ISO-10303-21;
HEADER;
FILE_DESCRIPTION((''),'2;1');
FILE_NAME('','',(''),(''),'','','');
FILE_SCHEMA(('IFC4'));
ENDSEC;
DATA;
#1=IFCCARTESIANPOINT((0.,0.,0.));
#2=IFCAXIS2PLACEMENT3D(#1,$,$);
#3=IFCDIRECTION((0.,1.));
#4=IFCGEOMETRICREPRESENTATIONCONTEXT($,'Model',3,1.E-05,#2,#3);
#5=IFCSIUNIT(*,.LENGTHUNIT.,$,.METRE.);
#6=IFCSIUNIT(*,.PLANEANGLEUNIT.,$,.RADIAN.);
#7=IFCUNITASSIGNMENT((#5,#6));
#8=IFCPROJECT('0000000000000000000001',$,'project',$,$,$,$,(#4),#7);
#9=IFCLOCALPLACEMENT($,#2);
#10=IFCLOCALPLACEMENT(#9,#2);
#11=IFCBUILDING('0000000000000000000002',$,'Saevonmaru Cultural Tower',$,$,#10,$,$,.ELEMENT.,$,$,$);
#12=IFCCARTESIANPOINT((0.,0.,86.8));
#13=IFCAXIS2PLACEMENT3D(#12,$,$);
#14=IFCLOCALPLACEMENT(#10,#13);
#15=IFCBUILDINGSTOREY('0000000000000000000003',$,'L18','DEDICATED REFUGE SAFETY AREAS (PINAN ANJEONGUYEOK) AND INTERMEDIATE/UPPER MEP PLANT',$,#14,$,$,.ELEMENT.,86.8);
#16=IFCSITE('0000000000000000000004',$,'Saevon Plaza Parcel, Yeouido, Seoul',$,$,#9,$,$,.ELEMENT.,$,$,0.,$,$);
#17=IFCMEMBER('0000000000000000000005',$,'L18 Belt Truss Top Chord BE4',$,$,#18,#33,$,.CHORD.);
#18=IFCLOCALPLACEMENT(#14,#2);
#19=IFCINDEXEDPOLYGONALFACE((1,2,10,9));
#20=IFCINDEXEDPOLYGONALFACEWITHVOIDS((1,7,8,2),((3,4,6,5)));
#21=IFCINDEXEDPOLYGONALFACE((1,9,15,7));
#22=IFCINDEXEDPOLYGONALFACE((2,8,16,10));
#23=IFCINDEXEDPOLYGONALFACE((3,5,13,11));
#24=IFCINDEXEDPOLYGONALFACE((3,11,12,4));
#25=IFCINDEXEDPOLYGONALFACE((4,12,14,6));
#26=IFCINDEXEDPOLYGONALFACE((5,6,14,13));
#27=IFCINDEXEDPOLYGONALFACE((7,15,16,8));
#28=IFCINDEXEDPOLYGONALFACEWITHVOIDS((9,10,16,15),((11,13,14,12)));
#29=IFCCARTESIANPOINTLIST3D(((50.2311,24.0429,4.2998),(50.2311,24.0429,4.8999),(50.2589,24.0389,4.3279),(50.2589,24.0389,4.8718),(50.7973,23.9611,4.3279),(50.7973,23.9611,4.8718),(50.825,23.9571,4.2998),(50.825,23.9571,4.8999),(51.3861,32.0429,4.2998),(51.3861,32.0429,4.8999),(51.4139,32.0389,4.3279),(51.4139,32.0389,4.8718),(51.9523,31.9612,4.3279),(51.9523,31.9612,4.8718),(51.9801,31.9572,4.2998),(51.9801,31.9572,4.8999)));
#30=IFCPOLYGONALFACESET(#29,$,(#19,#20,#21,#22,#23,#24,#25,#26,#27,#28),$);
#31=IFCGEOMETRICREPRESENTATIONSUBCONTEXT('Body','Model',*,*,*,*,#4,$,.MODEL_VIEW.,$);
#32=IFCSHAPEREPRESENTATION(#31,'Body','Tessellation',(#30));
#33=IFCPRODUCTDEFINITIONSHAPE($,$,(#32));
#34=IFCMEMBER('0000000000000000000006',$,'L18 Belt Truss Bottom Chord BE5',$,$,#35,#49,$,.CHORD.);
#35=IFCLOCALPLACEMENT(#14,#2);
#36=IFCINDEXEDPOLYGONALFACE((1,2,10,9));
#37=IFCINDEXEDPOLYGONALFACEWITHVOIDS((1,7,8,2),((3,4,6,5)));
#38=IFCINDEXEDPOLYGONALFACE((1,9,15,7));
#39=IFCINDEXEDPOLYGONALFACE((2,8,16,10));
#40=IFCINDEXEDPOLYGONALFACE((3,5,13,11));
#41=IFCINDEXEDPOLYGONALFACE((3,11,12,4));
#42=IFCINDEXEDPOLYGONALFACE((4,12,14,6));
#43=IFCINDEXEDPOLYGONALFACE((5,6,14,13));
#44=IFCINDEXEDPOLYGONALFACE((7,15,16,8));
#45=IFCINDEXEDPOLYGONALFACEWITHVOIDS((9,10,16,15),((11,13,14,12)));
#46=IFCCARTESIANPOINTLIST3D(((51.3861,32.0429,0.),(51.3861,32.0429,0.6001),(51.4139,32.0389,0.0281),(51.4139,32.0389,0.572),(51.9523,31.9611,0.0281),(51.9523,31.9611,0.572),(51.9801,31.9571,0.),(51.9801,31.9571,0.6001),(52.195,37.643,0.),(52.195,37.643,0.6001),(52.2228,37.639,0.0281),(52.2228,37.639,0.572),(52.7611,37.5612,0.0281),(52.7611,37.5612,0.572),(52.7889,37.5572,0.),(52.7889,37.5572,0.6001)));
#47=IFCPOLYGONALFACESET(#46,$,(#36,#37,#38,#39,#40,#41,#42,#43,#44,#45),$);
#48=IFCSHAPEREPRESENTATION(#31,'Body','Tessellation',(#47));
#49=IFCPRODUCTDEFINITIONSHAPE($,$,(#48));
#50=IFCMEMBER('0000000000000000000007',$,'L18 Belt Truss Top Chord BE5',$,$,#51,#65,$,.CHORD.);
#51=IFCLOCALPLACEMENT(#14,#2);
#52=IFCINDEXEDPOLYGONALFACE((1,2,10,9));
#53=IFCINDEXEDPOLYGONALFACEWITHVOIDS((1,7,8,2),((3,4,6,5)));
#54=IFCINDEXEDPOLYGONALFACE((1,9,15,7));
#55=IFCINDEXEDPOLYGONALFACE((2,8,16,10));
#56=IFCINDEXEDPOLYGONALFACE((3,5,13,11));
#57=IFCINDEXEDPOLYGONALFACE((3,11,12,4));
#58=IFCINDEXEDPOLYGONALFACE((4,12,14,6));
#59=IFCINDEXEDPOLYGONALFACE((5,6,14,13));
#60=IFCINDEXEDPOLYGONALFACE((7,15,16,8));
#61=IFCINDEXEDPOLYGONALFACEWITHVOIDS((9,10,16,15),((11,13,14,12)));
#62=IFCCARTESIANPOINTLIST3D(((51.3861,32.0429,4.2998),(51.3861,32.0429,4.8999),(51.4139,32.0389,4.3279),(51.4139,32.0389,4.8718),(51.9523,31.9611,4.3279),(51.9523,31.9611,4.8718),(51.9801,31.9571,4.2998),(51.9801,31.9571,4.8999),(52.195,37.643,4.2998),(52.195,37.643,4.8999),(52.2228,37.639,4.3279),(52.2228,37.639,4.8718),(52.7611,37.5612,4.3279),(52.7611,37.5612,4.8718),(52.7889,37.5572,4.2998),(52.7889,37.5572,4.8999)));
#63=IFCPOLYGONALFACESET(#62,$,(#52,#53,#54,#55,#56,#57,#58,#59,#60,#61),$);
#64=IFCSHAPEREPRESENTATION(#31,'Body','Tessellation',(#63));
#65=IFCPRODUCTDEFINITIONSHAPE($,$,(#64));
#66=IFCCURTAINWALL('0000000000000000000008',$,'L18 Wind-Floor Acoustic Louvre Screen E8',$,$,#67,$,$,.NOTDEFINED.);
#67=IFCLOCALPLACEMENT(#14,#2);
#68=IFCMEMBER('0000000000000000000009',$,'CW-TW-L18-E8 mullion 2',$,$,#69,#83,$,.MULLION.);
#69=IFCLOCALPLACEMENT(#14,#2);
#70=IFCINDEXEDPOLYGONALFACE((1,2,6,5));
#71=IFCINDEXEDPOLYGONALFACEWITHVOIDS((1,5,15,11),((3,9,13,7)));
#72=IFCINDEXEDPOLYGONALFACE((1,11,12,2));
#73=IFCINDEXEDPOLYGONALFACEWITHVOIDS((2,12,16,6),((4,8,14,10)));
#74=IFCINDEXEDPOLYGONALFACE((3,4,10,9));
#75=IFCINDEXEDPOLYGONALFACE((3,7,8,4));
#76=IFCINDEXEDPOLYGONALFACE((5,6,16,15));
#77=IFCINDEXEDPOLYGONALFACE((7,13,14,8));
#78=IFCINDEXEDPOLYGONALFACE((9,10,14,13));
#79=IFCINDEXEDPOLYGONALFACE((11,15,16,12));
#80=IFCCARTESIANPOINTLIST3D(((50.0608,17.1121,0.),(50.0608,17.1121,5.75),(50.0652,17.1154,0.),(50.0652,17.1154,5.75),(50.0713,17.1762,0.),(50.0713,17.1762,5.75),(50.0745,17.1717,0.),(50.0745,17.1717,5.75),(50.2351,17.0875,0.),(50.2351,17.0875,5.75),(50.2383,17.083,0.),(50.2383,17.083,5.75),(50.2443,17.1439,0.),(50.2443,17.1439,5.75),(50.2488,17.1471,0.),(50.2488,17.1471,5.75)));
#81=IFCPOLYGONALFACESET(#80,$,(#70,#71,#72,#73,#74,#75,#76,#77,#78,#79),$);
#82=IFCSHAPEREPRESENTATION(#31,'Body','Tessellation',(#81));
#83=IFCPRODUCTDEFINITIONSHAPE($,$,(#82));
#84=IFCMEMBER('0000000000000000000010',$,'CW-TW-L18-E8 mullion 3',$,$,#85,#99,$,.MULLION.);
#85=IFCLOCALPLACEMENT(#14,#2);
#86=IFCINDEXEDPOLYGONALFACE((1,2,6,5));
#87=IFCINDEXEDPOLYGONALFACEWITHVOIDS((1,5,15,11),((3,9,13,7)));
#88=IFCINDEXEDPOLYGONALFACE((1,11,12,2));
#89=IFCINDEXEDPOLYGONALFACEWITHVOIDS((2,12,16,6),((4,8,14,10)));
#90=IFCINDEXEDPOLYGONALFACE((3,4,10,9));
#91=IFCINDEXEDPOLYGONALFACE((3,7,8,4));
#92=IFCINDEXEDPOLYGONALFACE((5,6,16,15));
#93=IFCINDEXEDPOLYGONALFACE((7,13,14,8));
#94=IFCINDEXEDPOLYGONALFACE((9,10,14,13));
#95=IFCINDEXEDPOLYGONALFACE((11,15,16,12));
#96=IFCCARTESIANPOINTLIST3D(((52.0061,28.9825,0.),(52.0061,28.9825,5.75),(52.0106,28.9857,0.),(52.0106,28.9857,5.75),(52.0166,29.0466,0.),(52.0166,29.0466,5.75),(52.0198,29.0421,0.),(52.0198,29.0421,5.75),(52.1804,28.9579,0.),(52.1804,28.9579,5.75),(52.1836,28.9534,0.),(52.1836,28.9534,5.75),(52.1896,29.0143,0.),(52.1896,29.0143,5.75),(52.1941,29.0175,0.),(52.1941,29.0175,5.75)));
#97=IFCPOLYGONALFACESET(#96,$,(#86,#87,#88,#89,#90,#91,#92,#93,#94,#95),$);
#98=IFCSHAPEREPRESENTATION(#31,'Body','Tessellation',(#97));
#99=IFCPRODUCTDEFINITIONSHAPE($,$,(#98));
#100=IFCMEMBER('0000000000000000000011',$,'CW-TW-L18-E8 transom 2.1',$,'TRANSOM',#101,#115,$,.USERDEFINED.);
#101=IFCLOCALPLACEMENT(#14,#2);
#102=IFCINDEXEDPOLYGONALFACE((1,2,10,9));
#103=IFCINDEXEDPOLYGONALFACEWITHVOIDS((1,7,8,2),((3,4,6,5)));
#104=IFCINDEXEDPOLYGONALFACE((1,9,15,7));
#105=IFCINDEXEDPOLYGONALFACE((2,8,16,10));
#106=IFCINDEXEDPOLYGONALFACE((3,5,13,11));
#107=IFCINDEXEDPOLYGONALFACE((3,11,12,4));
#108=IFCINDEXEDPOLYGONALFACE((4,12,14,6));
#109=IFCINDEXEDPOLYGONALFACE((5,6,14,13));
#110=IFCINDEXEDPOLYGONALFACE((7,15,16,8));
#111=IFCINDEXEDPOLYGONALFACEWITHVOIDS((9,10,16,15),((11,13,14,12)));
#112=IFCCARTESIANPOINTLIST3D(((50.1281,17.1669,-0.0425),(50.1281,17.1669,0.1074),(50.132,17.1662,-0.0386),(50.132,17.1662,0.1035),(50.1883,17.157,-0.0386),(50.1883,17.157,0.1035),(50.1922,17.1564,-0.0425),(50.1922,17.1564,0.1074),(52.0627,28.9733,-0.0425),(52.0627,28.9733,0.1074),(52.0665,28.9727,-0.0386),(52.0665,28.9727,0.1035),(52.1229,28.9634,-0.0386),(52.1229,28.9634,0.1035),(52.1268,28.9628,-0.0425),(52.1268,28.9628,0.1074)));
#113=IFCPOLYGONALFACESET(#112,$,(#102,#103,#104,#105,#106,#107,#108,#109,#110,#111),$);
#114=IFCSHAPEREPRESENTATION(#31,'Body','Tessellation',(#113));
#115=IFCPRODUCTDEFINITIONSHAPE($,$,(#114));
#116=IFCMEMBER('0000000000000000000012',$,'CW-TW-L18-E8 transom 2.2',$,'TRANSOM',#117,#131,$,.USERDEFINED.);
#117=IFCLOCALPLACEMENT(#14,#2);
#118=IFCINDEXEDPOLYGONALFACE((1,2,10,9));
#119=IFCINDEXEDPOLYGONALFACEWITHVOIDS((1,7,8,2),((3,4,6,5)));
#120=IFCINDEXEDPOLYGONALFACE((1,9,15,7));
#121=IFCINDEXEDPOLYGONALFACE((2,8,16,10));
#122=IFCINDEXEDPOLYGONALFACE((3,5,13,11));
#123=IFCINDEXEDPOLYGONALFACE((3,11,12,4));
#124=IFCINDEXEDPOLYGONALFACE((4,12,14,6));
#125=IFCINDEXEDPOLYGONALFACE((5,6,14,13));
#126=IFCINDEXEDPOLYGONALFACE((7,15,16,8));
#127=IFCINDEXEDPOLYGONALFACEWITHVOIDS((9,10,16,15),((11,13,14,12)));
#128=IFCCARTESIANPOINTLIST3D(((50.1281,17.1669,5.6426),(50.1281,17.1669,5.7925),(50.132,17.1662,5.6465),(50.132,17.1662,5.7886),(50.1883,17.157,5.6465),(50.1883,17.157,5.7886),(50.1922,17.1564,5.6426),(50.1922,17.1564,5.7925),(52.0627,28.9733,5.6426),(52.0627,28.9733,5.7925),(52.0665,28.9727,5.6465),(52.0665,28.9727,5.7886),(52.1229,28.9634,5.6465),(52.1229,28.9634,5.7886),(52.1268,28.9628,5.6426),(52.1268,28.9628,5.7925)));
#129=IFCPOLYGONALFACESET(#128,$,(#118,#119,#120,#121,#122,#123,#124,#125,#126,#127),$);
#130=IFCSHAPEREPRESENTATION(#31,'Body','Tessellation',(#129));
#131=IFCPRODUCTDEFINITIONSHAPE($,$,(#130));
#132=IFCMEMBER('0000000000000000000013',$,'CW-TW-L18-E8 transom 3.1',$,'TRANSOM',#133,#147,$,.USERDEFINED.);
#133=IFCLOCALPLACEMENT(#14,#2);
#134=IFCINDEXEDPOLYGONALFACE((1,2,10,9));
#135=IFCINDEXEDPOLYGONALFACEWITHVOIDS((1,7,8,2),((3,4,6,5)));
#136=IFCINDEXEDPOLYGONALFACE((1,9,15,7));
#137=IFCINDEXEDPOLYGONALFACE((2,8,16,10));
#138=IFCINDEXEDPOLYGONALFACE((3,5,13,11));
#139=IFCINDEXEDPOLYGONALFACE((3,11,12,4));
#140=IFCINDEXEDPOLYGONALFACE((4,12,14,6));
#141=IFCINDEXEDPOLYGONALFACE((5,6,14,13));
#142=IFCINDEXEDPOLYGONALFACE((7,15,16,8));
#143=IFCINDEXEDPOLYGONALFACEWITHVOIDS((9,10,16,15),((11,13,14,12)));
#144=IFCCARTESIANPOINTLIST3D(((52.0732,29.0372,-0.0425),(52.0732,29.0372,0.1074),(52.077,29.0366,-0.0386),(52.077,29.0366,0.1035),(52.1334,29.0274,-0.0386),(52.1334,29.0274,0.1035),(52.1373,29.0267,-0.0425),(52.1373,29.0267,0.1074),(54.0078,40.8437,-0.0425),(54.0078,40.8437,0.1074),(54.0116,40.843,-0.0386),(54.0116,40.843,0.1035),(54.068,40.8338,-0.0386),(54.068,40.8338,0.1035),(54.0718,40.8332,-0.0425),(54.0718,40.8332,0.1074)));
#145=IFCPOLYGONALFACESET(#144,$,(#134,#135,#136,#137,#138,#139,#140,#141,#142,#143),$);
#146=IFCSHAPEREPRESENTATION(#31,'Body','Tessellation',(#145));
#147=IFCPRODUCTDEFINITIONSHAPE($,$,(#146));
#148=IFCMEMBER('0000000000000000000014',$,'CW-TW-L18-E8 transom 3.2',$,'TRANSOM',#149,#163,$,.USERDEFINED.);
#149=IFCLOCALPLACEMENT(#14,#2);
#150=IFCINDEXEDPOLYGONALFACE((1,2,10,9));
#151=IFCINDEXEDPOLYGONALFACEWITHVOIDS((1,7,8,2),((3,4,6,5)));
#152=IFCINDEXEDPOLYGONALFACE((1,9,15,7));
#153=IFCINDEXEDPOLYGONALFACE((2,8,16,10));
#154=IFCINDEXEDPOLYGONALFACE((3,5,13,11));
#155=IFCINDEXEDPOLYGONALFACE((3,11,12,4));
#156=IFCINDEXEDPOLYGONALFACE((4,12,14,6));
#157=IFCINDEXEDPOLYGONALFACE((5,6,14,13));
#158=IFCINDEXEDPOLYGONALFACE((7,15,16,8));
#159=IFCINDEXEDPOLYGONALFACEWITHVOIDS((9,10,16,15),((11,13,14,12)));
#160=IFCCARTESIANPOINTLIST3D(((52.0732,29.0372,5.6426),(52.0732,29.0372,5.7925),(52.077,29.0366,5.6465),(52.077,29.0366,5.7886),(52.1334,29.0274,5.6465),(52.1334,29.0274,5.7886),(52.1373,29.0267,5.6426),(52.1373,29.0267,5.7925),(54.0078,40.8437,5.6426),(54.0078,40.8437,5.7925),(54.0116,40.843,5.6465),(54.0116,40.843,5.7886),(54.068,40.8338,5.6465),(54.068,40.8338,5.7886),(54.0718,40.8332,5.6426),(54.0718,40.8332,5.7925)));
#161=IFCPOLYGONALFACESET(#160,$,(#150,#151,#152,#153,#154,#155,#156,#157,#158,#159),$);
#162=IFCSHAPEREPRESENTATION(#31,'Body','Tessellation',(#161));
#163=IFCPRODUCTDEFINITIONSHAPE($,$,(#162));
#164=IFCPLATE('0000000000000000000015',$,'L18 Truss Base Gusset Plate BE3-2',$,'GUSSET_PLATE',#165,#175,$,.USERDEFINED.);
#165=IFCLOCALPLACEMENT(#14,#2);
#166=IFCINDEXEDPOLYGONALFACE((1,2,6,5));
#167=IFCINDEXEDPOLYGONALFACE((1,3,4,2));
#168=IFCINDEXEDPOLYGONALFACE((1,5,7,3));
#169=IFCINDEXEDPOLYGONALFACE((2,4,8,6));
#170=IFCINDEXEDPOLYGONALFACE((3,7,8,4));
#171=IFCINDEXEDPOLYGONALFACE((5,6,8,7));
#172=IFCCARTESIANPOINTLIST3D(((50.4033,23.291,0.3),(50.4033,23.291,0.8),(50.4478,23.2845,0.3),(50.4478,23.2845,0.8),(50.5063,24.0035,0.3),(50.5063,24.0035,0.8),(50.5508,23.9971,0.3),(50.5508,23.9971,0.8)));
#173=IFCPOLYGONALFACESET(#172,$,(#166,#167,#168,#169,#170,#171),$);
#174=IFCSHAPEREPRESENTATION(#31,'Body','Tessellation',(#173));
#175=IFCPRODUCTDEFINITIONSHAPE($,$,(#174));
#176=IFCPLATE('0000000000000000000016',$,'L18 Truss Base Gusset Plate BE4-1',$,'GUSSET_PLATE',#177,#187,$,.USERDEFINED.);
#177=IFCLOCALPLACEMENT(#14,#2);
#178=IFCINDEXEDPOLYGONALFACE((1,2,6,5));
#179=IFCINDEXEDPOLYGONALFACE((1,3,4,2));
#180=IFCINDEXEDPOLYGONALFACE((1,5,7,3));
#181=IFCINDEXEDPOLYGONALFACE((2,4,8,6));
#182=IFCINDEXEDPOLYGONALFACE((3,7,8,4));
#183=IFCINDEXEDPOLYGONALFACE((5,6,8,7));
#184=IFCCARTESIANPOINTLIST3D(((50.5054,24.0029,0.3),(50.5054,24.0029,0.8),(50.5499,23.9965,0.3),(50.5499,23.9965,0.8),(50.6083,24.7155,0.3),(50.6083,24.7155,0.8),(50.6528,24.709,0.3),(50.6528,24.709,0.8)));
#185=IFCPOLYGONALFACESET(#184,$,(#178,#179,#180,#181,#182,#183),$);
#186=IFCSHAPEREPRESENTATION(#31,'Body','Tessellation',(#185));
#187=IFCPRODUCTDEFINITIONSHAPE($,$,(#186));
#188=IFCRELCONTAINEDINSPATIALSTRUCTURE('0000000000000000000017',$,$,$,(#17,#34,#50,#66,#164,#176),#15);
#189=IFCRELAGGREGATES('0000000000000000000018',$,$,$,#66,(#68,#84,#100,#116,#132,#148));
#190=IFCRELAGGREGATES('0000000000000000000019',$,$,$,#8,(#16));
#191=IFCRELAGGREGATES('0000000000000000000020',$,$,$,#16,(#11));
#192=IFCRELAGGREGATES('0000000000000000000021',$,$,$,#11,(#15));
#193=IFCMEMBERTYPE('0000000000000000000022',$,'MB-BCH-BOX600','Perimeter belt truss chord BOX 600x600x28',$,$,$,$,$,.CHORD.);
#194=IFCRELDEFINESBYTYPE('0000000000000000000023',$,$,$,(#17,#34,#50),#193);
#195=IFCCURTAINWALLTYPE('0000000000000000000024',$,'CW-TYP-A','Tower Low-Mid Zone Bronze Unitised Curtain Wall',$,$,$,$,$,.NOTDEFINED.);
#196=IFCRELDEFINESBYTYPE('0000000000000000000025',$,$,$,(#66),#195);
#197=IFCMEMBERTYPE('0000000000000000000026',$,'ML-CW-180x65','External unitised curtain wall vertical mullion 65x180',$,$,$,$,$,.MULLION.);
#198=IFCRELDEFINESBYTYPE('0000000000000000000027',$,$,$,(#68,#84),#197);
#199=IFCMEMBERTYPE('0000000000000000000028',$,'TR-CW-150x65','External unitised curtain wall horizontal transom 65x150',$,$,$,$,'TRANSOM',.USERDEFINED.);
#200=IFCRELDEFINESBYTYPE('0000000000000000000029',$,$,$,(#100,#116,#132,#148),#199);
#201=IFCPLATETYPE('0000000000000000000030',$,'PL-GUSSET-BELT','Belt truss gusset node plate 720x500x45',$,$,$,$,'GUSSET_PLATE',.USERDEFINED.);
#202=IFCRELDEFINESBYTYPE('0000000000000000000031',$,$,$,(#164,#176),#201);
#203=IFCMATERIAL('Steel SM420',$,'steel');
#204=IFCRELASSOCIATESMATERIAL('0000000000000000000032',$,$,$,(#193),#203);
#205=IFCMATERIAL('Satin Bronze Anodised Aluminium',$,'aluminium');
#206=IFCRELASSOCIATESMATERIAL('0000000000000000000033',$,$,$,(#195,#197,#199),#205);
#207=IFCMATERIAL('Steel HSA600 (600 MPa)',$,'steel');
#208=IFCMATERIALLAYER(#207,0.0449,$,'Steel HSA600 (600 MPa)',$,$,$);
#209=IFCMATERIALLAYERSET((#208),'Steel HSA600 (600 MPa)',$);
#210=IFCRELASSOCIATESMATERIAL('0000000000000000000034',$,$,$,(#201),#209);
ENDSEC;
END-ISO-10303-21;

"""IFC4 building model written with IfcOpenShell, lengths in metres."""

from ifc_helpers import new_model, si_unit, direction, frame, origin, origin_2d, place, context, subcontext, project, spatial, rectangle, hollow_rectangle, extrude, material, layer, layer_set, material_profile, profile_set, type_object, element, aggregate, save


model = new_model("IFC4")

# Units and contexts
model_context = context("Model", 3, precision=1e-05, world=origin(), true_north=direction((0.0, 1.0)))
body_context = subcontext(model_context, "Body", "Model", "MODEL_VIEW")
ifc_project = project(units=[si_unit("LENGTHUNIT", "METRE"), si_unit("PLANEANGLEUNIT", "RADIAN")], contexts=[model_context])

# Site, building, storey
site_placement = place(None, origin())
site = spatial("IfcSite", under=ifc_project, at=site_placement, Name="Saevon Plaza Parcel, Yeouido, Seoul", CompositionType="ELEMENT", RefElevation=0.0)
building_placement = place(site_placement, origin())
building = spatial("IfcBuilding", under=site, at=building_placement, Name="Saevonmaru Cultural Tower", CompositionType="ELEMENT")
storey_placement = place(building_placement, frame((0.0, 0.0, 86.8)))
storey = spatial("IfcBuildingStorey", under=building, at=storey_placement, Name="L18", Description="DEDICATED REFUGE SAFETY AREAS (PINAN ANJEONGUYEOK) AND INTERMEDIATE/UPPER MEP PLANT", CompositionType="ELEMENT", Elevation=86.8)

# Shared definitions
ifc_material_1 = material(Name="Steel HSA600 (600 MPa)", Category="steel")

# Members
ifc_material_2 = material(Name="Steel SM420", Category="steel")
ifc_material_profile_1 = material_profile(ifc_material_2, hollow_rectangle(XDim=0.6001, YDim=0.6001, WallThickness=0.0281, at=origin_2d()), Name="BOX-600x600x28")
ifc_profile_set_1 = profile_set([ifc_material_profile_1], Name="Steel SM420")
member_type_1 = type_object("IfcMemberType", Name="MB-BCH-BOX600", Description="Perimeter belt truss chord BOX 600x600x28", PredefinedType="CHORD", material=ifc_profile_set_1)
for number, where, z_axis, x_axis, name in (
    (1, (50.5281, 24.0, 4.5999), (0.142897, 0.989738, 0.0), (-0.989738, 0.142897, 0.0), "L18 Belt Truss Top Chord BE4"),
):
    element("IfcMember", number, at=place(storey_placement, frame(where, z_axis=z_axis, x_axis=x_axis)), inside=storey, type_object=member_type_1, Name=name, PredefinedType="CHORD", context=body_context, shape_type="SweptSolid", body=[
        extrude(hollow_rectangle(XDim=0.6001, YDim=0.6001, WallThickness=0.0281, at=origin_2d()), origin(), (0.0, 0.0, 1.0), 8.083),
    ])
for number, where, z_axis, x_axis, name in (
    (2, (51.6831, 32.0, 0.3), (0.142949, 0.98973, 0.0), (-0.98973, 0.142949, 0.0), "L18 Belt Truss Bottom Chord BE5"),
    (3, (51.6831, 32.0, 4.5999), (0.142949, 0.98973, 0.0), (-0.98973, 0.142949, 0.0), "L18 Belt Truss Top Chord BE5"),
):
    element("IfcMember", number, at=place(storey_placement, frame(where, z_axis=z_axis, x_axis=x_axis)), inside=storey, type_object=member_type_1, Name=name, PredefinedType="CHORD", context=body_context, shape_type="SweptSolid", body=[
        extrude(hollow_rectangle(XDim=0.6001, YDim=0.6001, WallThickness=0.0281, at=origin_2d()), origin(), (0.0, 0.0, 1.0), 5.6582),
    ])

# Curtain wall, members
ifc_material_3 = material(Name="Satin Bronze Anodised Aluminium", Category="aluminium")
curtain_wall_type = type_object("IfcCurtainWallType", Name="CW-TYP-A", Description="Tower Low-Mid Zone Bronze Unitised Curtain Wall", PredefinedType="NOTDEFINED", material=ifc_material_3)
curtain_wall_placement = place(storey_placement, origin())
curtain_wall = element("IfcCurtainWall", 4, at=curtain_wall_placement, inside=storey, type_object=curtain_wall_type, Name="L18 Wind-Floor Acoustic Louvre Screen E8", PredefinedType="NOTDEFINED")
ifc_material_profile_2 = material_profile(ifc_material_3, hollow_rectangle(XDim=0.0649, YDim=0.1799, WallThickness=0.0039, at=origin_2d()), Name="ALU-MULL-180x65x4")
ifc_profile_set_2 = profile_set([ifc_material_profile_2], Name="Satin Bronze Anodised Aluminium")
member_type_2 = type_object("IfcMemberType", Name="ML-CW-180x65", Description="External unitised curtain wall vertical mullion 65x180", PredefinedType="MULLION", material=ifc_profile_set_2)
member_1_placement = place(storey_placement, frame((50.1548, 17.1296, 0.0), z_axis=(0.0, 0.0, 1.0), x_axis=(0.161709, 0.986839, 0.0)))
member_1 = element("IfcMember", 5, at=member_1_placement, type_object=member_type_2, Name="CW-TW-L18-E8 mullion 2", PredefinedType="MULLION", context=body_context, shape_type="SweptSolid", body=[
    extrude(hollow_rectangle(XDim=0.0649, YDim=0.1799, WallThickness=0.0039, at=origin_2d()), origin(), (0.0, 0.0, 1.0), 5.75),
])
member_2_placement = place(storey_placement, frame((52.1001, 29.0, 0.0), z_axis=(0.0, 0.0, 1.0), x_axis=(0.161709, 0.986839, 0.0)))
member_2 = element("IfcMember", 6, at=member_2_placement, type_object=member_type_2, Name="CW-TW-L18-E8 mullion 3", PredefinedType="MULLION", context=body_context, shape_type="SweptSolid", body=[
    extrude(hollow_rectangle(XDim=0.0649, YDim=0.1799, WallThickness=0.0039, at=origin_2d()), origin(), (0.0, 0.0, 1.0), 5.75),
])
ifc_material_profile_3 = material_profile(ifc_material_3, hollow_rectangle(XDim=0.0649, YDim=0.1499, WallThickness=0.0039, at=origin_2d()), Name="ALU-TRAN-150x65x4")
ifc_profile_set_3 = profile_set([ifc_material_profile_3], Name="Satin Bronze Anodised Aluminium")
member_type_3 = type_object("IfcMemberType", Name="TR-CW-150x65", Description="External unitised curtain wall horizontal transom 65x150", ElementType="TRANSOM", PredefinedType="USERDEFINED", material=ifc_profile_set_3)
member_3_placement = place(storey_placement, frame((50.1602, 17.1616, 0.0325), z_axis=(0.161701, 0.98684, 0.0), x_axis=(-0.98684, 0.161701, 0.0)))
member_3 = element("IfcMember", 7, at=member_3_placement, type_object=member_type_3, Name="CW-TW-L18-E8 transom 2.1", ObjectType="TRANSOM", PredefinedType="USERDEFINED", context=body_context, shape_type="SweptSolid", body=[
    extrude(hollow_rectangle(XDim=0.0649, YDim=0.1499, WallThickness=0.0039, at=origin_2d()), origin(), (0.0, 0.0, 1.0), 11.9639),
])
member_4_placement = place(storey_placement, frame((50.1602, 17.1616, 5.7175), z_axis=(0.161701, 0.98684, 0.0), x_axis=(-0.98684, 0.161701, 0.0)))
member_4 = element("IfcMember", 8, at=member_4_placement, type_object=member_type_3, Name="CW-TW-L18-E8 transom 2.2", ObjectType="TRANSOM", PredefinedType="USERDEFINED", context=body_context, shape_type="SweptSolid", body=[
    extrude(hollow_rectangle(XDim=0.0649, YDim=0.1499, WallThickness=0.0039, at=origin_2d()), origin(), (0.0, 0.0, 1.0), 11.9639),
])
member_5_placement = place(storey_placement, frame((52.1052, 29.032, 0.0325), z_axis=(0.161701, 0.98684, 0.0), x_axis=(-0.98684, 0.161701, 0.0)))
member_5 = element("IfcMember", 9, at=member_5_placement, type_object=member_type_3, Name="CW-TW-L18-E8 transom 3.1", ObjectType="TRANSOM", PredefinedType="USERDEFINED", context=body_context, shape_type="SweptSolid", body=[
    extrude(hollow_rectangle(XDim=0.0649, YDim=0.1499, WallThickness=0.0039, at=origin_2d()), origin(), (0.0, 0.0, 1.0), 11.9639),
])
member_6_placement = place(storey_placement, frame((52.1052, 29.032, 5.7175), z_axis=(0.161701, 0.98684, 0.0), x_axis=(-0.98684, 0.161701, 0.0)))
member_6 = element("IfcMember", 10, at=member_6_placement, type_object=member_type_3, Name="CW-TW-L18-E8 transom 3.2", ObjectType="TRANSOM", PredefinedType="USERDEFINED", context=body_context, shape_type="SweptSolid", body=[
    extrude(hollow_rectangle(XDim=0.0649, YDim=0.1499, WallThickness=0.0039, at=origin_2d()), origin(), (0.0, 0.0, 1.0), 11.9639),
])

# Plates
ifc_layer_1 = layer(ifc_material_1, 0.0449, Name="Steel HSA600 (600 MPa)")
ifc_layer_set_1 = layer_set([ifc_layer_1], Name="Steel HSA600 (600 MPa)")
plate_type_1 = type_object("IfcPlateType", Name="PL-GUSSET-BELT", Description="Belt truss gusset node plate 720x500x45", ElementType="GUSSET_PLATE", PredefinedType="USERDEFINED", material=ifc_layer_set_1)
for number, where, z_axis, x_axis, name in (
    (11, (50.4771, 23.644, 0.3), (0.0, 0.0, 1.0), (0.143009, 0.989721, 0.0), "L18 Truss Base Gusset Plate BE3-2"),
    (12, (50.5791, 24.356, 0.3), (0.0, 0.0, 1.0), (0.142888, 0.989739, 0.0), "L18 Truss Base Gusset Plate BE4-1"),
):
    element("IfcPlate", number, at=place(storey_placement, frame(where, z_axis=z_axis, x_axis=x_axis)), inside=storey, type_object=plate_type_1, Name=name, ObjectType="GUSSET_PLATE", PredefinedType="USERDEFINED", context=body_context, shape_type="SweptSolid", body=[
        extrude(rectangle(XDim=0.72, YDim=0.0449, at=origin_2d()), origin(), (0.0, 0.0, 1.0), 0.5),
    ])

aggregate(curtain_wall, [member_1, member_2, member_3, member_4, member_5, member_6])

save(model, "model.ifc")
